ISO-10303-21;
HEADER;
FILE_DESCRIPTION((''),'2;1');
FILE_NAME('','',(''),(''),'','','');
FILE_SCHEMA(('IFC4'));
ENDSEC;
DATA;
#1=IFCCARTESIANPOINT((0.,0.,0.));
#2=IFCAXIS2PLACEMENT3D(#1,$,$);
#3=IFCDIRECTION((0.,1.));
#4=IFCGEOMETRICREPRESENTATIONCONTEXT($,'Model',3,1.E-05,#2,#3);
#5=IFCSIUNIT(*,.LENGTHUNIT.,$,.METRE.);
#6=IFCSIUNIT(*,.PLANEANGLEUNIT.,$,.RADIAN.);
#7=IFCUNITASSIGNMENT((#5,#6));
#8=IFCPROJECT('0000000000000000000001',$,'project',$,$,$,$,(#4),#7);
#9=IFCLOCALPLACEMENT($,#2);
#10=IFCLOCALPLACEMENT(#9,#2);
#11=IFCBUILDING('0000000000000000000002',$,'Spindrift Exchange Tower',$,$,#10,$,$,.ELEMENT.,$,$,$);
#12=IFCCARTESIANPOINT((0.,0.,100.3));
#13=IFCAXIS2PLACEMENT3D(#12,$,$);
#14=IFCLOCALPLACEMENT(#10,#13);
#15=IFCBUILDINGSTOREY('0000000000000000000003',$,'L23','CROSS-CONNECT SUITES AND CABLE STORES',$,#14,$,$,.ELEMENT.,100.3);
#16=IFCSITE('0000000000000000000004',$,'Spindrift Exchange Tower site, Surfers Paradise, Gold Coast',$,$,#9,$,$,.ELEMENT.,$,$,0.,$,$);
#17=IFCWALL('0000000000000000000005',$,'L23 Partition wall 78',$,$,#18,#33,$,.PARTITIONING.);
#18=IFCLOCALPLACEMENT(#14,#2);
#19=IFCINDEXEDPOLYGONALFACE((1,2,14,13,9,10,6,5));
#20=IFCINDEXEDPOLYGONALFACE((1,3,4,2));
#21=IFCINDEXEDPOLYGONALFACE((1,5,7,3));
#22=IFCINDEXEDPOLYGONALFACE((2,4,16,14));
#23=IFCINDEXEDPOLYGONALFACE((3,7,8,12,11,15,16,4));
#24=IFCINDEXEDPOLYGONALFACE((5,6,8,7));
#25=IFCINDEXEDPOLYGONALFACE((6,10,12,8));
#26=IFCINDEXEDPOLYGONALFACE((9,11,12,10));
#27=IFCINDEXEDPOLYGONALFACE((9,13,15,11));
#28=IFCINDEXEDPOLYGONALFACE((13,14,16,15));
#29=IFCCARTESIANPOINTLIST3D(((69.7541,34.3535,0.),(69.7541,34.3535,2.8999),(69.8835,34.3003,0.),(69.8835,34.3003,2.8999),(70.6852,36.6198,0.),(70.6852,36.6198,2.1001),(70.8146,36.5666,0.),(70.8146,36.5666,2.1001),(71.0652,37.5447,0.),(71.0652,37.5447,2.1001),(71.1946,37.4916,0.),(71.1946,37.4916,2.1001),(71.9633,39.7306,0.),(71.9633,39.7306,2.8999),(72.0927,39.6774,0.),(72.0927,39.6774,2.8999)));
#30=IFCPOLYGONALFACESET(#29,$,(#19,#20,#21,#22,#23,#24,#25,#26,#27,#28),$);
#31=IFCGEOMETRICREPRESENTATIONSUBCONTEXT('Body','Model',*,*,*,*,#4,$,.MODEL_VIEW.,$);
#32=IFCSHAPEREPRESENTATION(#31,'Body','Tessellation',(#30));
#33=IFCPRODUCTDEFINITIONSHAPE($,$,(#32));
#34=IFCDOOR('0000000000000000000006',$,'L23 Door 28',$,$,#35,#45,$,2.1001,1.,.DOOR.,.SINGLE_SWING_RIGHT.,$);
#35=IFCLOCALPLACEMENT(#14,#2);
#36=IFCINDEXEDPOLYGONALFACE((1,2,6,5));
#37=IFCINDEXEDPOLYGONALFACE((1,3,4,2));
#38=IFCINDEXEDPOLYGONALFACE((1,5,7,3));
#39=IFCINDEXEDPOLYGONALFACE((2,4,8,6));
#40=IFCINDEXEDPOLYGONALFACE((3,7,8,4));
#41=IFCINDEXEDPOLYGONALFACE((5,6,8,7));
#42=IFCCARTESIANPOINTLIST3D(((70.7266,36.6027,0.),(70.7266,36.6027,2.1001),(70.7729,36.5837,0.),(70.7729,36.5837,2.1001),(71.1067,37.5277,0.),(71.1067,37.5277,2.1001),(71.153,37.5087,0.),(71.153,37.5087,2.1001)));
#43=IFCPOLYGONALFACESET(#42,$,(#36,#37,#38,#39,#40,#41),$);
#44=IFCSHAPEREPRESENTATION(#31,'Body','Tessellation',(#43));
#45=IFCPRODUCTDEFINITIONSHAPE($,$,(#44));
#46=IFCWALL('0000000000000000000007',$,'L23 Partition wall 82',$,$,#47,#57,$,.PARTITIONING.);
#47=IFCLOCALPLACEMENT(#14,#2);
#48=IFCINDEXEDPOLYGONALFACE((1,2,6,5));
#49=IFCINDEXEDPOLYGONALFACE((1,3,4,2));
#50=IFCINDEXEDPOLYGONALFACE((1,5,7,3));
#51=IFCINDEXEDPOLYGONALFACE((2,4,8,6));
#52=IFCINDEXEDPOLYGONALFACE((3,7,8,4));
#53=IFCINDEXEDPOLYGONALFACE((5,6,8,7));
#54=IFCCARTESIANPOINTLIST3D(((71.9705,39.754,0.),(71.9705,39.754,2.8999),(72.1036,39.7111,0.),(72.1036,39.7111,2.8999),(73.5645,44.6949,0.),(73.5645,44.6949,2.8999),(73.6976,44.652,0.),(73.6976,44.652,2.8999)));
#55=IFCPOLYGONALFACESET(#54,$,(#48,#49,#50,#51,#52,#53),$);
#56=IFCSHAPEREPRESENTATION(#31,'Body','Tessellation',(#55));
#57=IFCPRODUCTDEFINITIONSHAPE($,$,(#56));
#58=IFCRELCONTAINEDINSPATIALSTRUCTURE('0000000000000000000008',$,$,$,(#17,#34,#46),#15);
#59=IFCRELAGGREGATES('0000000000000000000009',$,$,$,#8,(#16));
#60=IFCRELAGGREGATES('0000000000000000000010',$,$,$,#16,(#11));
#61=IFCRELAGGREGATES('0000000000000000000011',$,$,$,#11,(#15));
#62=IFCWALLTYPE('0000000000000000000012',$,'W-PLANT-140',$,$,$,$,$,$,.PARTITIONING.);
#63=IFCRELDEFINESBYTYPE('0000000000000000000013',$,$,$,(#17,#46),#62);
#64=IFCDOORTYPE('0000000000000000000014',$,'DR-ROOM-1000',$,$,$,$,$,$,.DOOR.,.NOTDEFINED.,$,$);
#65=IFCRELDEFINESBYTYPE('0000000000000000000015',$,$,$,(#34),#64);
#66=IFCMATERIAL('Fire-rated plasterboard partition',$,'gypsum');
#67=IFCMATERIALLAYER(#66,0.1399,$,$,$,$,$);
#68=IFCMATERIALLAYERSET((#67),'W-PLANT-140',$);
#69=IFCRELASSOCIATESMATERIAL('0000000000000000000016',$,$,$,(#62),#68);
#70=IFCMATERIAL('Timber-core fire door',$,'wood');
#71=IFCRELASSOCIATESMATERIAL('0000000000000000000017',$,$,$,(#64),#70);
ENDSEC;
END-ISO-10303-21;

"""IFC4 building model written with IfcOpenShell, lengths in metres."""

from ifc_helpers import new_model, si_unit, direction, frame, frame_2d, origin, place, context, subcontext, project, spatial, rectangle, extrude, source, transform, mapped, material, layer, layer_set, type_object, element, fill, save


model = new_model("IFC4")

# Units and contexts
model_context = context("Model", 3, precision=1e-05, world=origin(), true_north=direction((0.0, 1.0)))
body_context = subcontext(model_context, "Body", "Model", "MODEL_VIEW")
ifc_project = project(units=[si_unit("LENGTHUNIT", "METRE"), si_unit("PLANEANGLEUNIT", "RADIAN")], contexts=[model_context])

# Site, building, storey
site_placement = place(None, origin())
site = spatial("IfcSite", under=ifc_project, at=site_placement, Name="Spindrift Exchange Tower site, Surfers Paradise, Gold Coast", CompositionType="ELEMENT", RefElevation=0.0)
building_placement = place(site_placement, origin())
building = spatial("IfcBuilding", under=site, at=building_placement, Name="Spindrift Exchange Tower", CompositionType="ELEMENT")
storey_placement = place(building_placement, frame((0.0, 0.0, 100.3)))
storey = spatial("IfcBuildingStorey", under=building, at=storey_placement, Name="L23", Description="CROSS-CONNECT SUITES AND CABLE STORES", CompositionType="ELEMENT", Elevation=100.3)

# Shared definitions
ifc_material_1 = material(Name="Fire-rated plasterboard partition", Category="gypsum")
ifc_layer_1 = layer(ifc_material_1, 0.1399)
ifc_layer_set_1 = layer_set([ifc_layer_1], Name="W-PLANT-140")
wall_type_1 = type_object("IfcWallType", Name="W-PLANT-140", PredefinedType="PARTITIONING", material=ifc_layer_set_1)

# Wall, opening, door
wall_1_placement = place(storey_placement, frame((72.0281, 39.7041, 0.0), z_axis=(0.0, 0.0, 1.0), x_axis=(-0.380042, -0.924969, 0.0)))
wall_1 = element("IfcWall", 1, at=wall_1_placement, inside=storey, type_object=wall_type_1, Name="L23 Partition wall 78", PredefinedType="PARTITIONING", context=body_context, shape_type="SweptSolid", body=[
    extrude(rectangle(XDim=5.8132, YDim=0.1399, at=frame_2d((2.9067, 0.0))), origin(), (0.0, 0.0, 1.0), 2.8999),
])
opening_placement = place(wall_1_placement, frame((2.3633, 0.0, 0.0)))
opening = element("IfcOpeningElement", 2, at=opening_placement, cuts=wall_1, PredefinedType="OPENING", context=body_context, shape_type="SweptSolid", body=[
    extrude(rectangle(XDim=1.0, YDim=2.1001, at=frame_2d((0.5, 1.05))), frame((0.0, 0.0798, 0.0), z_axis=(0.0, -1.0, 0.0), x_axis=(1.0, 0.0, 0.0)), (0.0, 0.0, 1.0), 0.1599),
])
ifc_material_2 = material(Name="Timber-core fire door", Category="wood")
door_type = type_object("IfcDoorType", Name="DR-ROOM-1000", OperationType="NOTDEFINED", PredefinedType="DOOR", material=ifc_material_2)
shared_shape_1 = source(origin(), body_context, "Body", "SweptSolid", [
    extrude(rectangle(XDim=1.0, YDim=2.1001, at=frame_2d((0.5, 1.05))), frame((0.0, 0.0249, 0.0), z_axis=(0.0, -1.0, 0.0), x_axis=(1.0, 0.0, 0.0)), (0.0, 0.0, 1.0), 0.05),
])
door_placement = place(opening_placement, origin())
door = element("IfcDoor", 3, at=door_placement, inside=storey, type_object=door_type, Name="L23 Door 28", OperationType="SINGLE_SWING_RIGHT", OverallHeight=2.1001, OverallWidth=1.0, PredefinedType="DOOR", context=body_context, shape_type="MappedRepresentation", body=[
    mapped(shared_shape_1, transform((0.0, 0.0, 0.0), scale=1.0)),
])
fill(opening, door)

# Wall
wall_2_placement = place(storey_placement, frame((72.0371, 39.7327, 0.0), z_axis=(0.0, 0.0, 1.0), x_axis=(0.307029, 0.9517, 0.0)))
element("IfcWall", 4, at=wall_2_placement, inside=storey, type_object=wall_type_1, Name="L23 Partition wall 82", PredefinedType="PARTITIONING", context=body_context, shape_type="SweptSolid", body=[
    extrude(rectangle(XDim=5.1917, YDim=0.1399, at=frame_2d((2.5957, 0.0))), origin(), (0.0, 0.0, 1.0), 2.8999),
])

save(model, "model.ifc")
